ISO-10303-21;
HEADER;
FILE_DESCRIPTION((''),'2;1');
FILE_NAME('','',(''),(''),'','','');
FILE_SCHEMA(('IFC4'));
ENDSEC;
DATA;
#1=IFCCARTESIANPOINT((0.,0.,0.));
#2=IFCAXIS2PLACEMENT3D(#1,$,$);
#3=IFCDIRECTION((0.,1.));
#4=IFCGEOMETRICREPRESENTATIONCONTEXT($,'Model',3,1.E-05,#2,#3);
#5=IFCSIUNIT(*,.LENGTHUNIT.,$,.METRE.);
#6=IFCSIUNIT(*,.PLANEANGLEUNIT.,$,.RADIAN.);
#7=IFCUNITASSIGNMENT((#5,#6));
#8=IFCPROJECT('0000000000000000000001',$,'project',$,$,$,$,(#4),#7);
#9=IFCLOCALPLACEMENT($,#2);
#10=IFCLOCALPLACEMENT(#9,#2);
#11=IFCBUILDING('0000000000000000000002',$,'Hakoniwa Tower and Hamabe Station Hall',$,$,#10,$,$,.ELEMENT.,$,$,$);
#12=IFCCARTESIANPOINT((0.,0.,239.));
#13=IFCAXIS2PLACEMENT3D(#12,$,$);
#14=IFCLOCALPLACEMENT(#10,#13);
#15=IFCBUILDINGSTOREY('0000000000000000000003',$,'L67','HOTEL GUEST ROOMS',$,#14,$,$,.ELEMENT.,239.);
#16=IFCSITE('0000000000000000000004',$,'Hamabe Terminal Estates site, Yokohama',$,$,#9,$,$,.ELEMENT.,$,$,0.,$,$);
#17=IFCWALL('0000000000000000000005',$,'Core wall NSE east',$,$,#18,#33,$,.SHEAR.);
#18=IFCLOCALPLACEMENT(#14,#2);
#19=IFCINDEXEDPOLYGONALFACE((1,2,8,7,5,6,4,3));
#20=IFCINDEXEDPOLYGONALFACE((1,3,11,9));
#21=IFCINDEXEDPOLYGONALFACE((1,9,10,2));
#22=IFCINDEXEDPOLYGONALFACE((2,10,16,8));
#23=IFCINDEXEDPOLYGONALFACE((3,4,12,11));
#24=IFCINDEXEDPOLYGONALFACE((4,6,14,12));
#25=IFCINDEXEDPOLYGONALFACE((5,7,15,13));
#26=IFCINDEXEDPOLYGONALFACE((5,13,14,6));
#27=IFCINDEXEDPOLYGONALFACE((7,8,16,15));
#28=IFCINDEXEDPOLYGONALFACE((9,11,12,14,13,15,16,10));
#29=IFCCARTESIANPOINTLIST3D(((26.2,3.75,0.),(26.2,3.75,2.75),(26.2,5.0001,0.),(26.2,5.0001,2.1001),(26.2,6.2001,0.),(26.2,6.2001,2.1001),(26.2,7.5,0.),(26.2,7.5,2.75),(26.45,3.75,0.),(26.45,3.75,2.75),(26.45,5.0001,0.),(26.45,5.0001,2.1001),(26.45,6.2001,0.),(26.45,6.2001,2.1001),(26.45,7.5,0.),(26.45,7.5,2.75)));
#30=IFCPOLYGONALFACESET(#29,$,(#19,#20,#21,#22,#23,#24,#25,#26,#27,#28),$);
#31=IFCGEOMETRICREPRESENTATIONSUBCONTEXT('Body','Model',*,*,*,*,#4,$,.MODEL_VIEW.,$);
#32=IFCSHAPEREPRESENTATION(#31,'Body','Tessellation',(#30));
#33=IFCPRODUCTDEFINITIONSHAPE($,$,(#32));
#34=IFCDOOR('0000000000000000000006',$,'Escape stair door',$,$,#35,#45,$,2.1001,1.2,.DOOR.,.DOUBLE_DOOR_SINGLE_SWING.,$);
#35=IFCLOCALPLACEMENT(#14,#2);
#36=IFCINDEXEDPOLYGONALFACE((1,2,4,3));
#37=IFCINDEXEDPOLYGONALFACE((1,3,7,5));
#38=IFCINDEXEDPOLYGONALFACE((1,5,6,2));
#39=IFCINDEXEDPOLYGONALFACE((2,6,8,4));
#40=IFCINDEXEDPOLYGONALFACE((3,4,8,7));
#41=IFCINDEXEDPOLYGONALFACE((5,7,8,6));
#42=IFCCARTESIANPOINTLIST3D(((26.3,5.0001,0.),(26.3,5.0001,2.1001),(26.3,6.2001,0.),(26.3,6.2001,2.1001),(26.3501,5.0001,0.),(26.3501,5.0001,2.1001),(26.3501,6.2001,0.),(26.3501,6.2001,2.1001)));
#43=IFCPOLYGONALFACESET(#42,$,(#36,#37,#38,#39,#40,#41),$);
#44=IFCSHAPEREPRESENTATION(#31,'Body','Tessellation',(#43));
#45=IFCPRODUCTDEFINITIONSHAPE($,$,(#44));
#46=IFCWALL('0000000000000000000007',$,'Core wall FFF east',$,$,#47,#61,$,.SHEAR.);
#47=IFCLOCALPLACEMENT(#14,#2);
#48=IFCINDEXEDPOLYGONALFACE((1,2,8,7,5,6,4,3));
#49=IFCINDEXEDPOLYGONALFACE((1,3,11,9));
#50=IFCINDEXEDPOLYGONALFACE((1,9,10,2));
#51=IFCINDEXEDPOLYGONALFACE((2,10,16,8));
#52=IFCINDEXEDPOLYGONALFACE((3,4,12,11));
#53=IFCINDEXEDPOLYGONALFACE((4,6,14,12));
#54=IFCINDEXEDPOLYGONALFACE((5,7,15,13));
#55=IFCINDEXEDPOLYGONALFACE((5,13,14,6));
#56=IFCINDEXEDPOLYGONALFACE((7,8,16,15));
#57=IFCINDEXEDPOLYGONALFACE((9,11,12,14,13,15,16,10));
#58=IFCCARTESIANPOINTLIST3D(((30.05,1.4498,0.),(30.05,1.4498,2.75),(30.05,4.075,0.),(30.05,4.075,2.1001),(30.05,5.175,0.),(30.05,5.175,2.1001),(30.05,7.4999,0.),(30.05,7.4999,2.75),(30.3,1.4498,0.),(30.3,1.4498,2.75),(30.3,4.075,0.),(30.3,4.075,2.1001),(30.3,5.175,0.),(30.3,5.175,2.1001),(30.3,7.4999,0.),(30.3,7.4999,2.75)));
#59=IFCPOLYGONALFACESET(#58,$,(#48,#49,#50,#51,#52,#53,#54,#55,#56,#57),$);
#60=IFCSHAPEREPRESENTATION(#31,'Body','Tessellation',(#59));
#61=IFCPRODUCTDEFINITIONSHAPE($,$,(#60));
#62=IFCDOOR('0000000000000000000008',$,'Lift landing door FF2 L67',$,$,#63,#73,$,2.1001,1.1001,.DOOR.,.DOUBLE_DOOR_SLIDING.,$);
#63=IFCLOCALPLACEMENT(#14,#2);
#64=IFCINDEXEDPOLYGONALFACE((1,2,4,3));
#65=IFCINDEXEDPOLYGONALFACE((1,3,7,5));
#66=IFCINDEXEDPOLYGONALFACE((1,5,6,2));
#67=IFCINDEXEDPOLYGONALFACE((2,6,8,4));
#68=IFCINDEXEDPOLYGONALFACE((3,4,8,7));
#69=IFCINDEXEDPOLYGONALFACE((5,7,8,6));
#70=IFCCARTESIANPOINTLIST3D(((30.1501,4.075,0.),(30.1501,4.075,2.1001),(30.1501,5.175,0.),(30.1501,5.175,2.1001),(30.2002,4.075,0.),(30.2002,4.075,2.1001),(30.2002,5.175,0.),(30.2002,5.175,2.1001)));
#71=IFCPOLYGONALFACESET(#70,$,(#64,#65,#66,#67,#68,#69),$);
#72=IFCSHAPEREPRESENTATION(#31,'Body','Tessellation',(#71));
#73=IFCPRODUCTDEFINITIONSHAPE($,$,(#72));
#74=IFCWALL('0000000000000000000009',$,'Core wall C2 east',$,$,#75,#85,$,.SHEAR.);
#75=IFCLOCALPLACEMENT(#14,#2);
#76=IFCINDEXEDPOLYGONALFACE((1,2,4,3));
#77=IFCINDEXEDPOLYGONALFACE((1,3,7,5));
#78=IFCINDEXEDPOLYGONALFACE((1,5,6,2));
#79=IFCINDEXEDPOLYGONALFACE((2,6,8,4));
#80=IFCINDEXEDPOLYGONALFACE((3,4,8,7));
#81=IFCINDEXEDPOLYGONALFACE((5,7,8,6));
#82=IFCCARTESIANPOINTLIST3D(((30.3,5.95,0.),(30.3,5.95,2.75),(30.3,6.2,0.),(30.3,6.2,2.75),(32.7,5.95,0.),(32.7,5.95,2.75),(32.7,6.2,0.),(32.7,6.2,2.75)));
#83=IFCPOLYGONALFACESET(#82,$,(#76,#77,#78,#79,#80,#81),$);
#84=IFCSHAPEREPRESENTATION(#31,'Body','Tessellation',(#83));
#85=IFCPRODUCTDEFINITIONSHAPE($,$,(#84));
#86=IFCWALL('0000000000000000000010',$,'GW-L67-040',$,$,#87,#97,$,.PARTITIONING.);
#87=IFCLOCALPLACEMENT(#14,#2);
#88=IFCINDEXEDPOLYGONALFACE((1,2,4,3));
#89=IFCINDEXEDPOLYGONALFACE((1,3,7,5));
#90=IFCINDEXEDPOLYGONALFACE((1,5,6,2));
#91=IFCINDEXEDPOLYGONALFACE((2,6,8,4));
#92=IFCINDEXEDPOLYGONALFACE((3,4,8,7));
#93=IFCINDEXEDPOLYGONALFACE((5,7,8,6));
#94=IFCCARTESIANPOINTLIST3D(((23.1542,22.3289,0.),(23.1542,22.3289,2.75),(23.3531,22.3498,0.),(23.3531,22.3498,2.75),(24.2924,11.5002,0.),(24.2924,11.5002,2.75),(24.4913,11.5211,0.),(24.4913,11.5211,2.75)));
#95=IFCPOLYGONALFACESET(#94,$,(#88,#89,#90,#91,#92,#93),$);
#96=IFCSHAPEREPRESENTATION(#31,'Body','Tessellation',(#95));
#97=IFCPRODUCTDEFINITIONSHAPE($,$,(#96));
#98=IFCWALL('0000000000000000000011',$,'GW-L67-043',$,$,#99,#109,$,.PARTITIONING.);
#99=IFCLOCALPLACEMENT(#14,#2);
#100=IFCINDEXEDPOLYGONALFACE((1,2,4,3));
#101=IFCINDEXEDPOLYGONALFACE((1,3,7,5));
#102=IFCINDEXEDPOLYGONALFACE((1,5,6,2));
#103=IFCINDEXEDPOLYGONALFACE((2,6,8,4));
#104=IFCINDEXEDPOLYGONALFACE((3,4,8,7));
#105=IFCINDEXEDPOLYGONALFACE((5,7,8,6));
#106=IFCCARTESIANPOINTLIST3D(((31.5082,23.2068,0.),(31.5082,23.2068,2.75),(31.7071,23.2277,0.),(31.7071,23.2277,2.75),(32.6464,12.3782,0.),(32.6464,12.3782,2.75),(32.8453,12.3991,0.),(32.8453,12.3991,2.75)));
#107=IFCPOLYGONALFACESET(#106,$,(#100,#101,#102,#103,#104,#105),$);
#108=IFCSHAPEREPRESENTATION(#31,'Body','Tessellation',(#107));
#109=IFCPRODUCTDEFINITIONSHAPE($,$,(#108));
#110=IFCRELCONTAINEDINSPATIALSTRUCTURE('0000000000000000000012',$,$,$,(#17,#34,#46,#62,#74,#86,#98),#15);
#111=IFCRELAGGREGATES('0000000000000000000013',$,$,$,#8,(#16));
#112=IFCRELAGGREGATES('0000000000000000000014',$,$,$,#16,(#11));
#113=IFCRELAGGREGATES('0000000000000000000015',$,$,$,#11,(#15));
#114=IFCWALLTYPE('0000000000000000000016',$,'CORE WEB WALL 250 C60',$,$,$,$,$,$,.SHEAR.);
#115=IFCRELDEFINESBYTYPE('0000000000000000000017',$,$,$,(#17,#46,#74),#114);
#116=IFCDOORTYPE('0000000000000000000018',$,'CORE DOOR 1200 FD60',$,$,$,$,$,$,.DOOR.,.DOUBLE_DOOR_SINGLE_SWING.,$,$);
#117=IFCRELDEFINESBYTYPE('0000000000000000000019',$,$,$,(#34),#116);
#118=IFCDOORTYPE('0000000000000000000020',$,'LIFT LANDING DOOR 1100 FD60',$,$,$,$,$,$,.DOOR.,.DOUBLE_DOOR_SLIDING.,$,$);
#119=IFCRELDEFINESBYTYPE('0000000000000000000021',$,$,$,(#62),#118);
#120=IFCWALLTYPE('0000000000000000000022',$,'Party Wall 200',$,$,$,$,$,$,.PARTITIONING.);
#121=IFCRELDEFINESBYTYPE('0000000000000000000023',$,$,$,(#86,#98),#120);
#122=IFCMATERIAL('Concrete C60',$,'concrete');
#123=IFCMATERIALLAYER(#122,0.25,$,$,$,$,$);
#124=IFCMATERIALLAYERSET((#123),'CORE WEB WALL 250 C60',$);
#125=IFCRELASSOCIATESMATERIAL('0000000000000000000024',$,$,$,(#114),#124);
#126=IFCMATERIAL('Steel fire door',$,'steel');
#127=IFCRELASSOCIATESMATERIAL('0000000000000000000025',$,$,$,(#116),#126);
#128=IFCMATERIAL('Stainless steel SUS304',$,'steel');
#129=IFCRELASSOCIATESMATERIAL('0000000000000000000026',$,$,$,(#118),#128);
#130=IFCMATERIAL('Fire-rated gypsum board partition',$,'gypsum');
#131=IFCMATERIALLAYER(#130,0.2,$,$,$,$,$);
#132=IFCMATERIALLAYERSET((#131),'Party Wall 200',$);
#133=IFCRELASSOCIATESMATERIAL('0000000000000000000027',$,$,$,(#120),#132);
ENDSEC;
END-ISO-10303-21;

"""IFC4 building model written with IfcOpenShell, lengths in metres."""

from ifc_helpers import new_model, si_unit, direction, frame, frame_2d, origin, place, context, subcontext, project, spatial, rectangle, extrude, material, layer, layer_set, type_object, element, fill, save


model = new_model("IFC4")

# Units and contexts
model_context = context("Model", 3, precision=1e-05, world=origin(), true_north=direction((0.0, 1.0)))
body_context = subcontext(model_context, "Body", "Model", "MODEL_VIEW")
ifc_project = project(units=[si_unit("LENGTHUNIT", "METRE"), si_unit("PLANEANGLEUNIT", "RADIAN")], contexts=[model_context])

# Site, building, storey
site_placement = place(None, origin())
site = spatial("IfcSite", under=ifc_project, at=site_placement, Name="Hamabe Terminal Estates site, Yokohama", CompositionType="ELEMENT", RefElevation=0.0)
building_placement = place(site_placement, origin())
building = spatial("IfcBuilding", under=site, at=building_placement, Name="Hakoniwa Tower and Hamabe Station Hall", CompositionType="ELEMENT")
storey_placement = place(building_placement, frame((0.0, 0.0, 239.0)))
storey = spatial("IfcBuildingStorey", under=building, at=storey_placement, Name="L67", Description="HOTEL GUEST ROOMS", CompositionType="ELEMENT", Elevation=239.0)

# Shared definitions
ifc_material_1 = material(Name="Concrete C60", Category="concrete")
ifc_layer_1 = layer(ifc_material_1, 0.25)
ifc_layer_set_1 = layer_set([ifc_layer_1], Name="CORE WEB WALL 250 C60")
wall_type_1 = type_object("IfcWallType", Name="CORE WEB WALL 250 C60", PredefinedType="SHEAR", material=ifc_layer_set_1)

# Walls, openings, doors
wall_1_placement = place(storey_placement, frame((26.325, 3.75, 0.0), z_axis=(0.0, 0.0, 1.0), x_axis=(0.0, 1.0, 0.0)))
wall_1 = element("IfcWall", 1, at=wall_1_placement, inside=storey, type_object=wall_type_1, Name="Core wall NSE east", PredefinedType="SHEAR", context=body_context, shape_type="SweptSolid", body=[
    extrude(rectangle(XDim=3.75, YDim=0.25, at=frame_2d((1.875, 0.0))), origin(), (0.0, 0.0, 1.0), 2.75),
])
opening_1_placement = place(wall_1_placement, frame((1.25, 0.0, 0.0)))
opening_1 = element("IfcOpeningElement", 2, at=opening_1_placement, cuts=wall_1, PredefinedType="OPENING", context=body_context, shape_type="SweptSolid", body=[
    extrude(rectangle(XDim=1.2, YDim=2.1001, at=frame_2d((0.6001, 1.05))), frame((0.0, 0.135, 0.0), z_axis=(0.0, -1.0, 0.0), x_axis=(1.0, 0.0, 0.0)), (0.0, 0.0, 1.0), 0.27),
])
ifc_material_2 = material(Name="Steel fire door", Category="steel")
door_type_1 = type_object("IfcDoorType", Name="CORE DOOR 1200 FD60", OperationType="DOUBLE_DOOR_SINGLE_SWING", PredefinedType="DOOR", material=ifc_material_2)
door_1_placement = place(opening_1_placement, origin())
door_1 = element("IfcDoor", 3, at=door_1_placement, inside=storey, type_object=door_type_1, Name="Escape stair door", OperationType="DOUBLE_DOOR_SINGLE_SWING", OverallHeight=2.1001, OverallWidth=1.2, PredefinedType="DOOR", context=body_context, shape_type="SweptSolid", body=[
    extrude(rectangle(XDim=1.2, YDim=2.1001, at=frame_2d((0.6001, 1.05))), frame((0.0, 0.0249, 0.0), z_axis=(0.0, -1.0, 0.0), x_axis=(1.0, 0.0, 0.0)), (0.0, 0.0, 1.0), 0.05),
])
fill(opening_1, door_1)
wall_2_placement = place(storey_placement, frame((30.175, 1.45, 0.0), z_axis=(0.0, 0.0, 1.0), x_axis=(0.0, 1.0, 0.0)))
wall_2 = element("IfcWall", 4, at=wall_2_placement, inside=storey, type_object=wall_type_1, Name="Core wall FFF east", PredefinedType="SHEAR", context=body_context, shape_type="SweptSolid", body=[
    extrude(rectangle(XDim=6.05, YDim=0.25, at=frame_2d((3.0249, 0.0))), origin(), (0.0, 0.0, 1.0), 2.75),
])
opening_2_placement = place(wall_2_placement, frame((2.625, 0.0, 0.0)))
opening_2 = element("IfcOpeningElement", 5, at=opening_2_placement, cuts=wall_2, PredefinedType="OPENING", context=body_context, shape_type="SweptSolid", body=[
    extrude(rectangle(XDim=1.1001, YDim=2.1001, at=frame_2d((0.55, 1.05))), frame((0.0, 0.135, 0.0), z_axis=(0.0, -1.0, 0.0), x_axis=(1.0, 0.0, 0.0)), (0.0, 0.0, 1.0), 0.27),
])
ifc_material_3 = material(Name="Stainless steel SUS304", Category="steel")
door_type_2 = type_object("IfcDoorType", Name="LIFT LANDING DOOR 1100 FD60", OperationType="DOUBLE_DOOR_SLIDING", PredefinedType="DOOR", material=ifc_material_3)
door_2_placement = place(opening_2_placement, origin())
door_2 = element("IfcDoor", 6, at=door_2_placement, inside=storey, type_object=door_type_2, Name="Lift landing door FF2 L67", OperationType="DOUBLE_DOOR_SLIDING", OverallHeight=2.1001, OverallWidth=1.1001, PredefinedType="DOOR", context=body_context, shape_type="SweptSolid", body=[
    extrude(rectangle(XDim=1.1001, YDim=2.1001, at=frame_2d((0.55, 1.05))), frame((0.0, 0.0249, 0.0), z_axis=(0.0, -1.0, 0.0), x_axis=(1.0, 0.0, 0.0)), (0.0, 0.0, 1.0), 0.05),
])
fill(opening_2, door_2)

# Walls
wall_3_placement = place(storey_placement, frame((30.3, 6.075, 0.0), z_axis=(0.0, 0.0, 1.0), x_axis=(1.0, 0.0, 0.0)))
element("IfcWall", 7, at=wall_3_placement, inside=storey, type_object=wall_type_1, Name="Core wall C2 east", PredefinedType="SHEAR", context=body_context, shape_type="SweptSolid", body=[
    extrude(rectangle(XDim=2.3999, YDim=0.25, at=frame_2d((1.2, 0.0))), origin(), (0.0, 0.0, 1.0), 2.75),
])
ifc_material_4 = material(Name="Fire-rated gypsum board partition", Category="gypsum")
ifc_layer_2 = layer(ifc_material_4, 0.2)
ifc_layer_set_2 = layer_set([ifc_layer_2], Name="Party Wall 200")
wall_type_2 = type_object("IfcWallType", Name="Party Wall 200", PredefinedType="PARTITIONING", material=ifc_layer_set_2)
wall_4_placement = place(storey_placement, frame((24.3918, 11.5105, 0.0), z_axis=(0.0, 0.0, 1.0), x_axis=(-0.104531, 0.994522, 0.0)))
element("IfcWall", 8, at=wall_4_placement, inside=storey, type_object=wall_type_2, Name="GW-L67-040", PredefinedType="PARTITIONING", context=body_context, shape_type="SweptSolid", body=[
    extrude(rectangle(XDim=10.8884, YDim=0.2, at=frame_2d((5.4443, 0.0))), origin(), (0.0, 0.0, 1.0), 2.75),
])
wall_5_placement = place(storey_placement, frame((32.7458, 12.3887, 0.0), z_axis=(0.0, 0.0, 1.0), x_axis=(-0.104533, 0.994521, 0.0)))
element("IfcWall", 9, at=wall_5_placement, inside=storey, type_object=wall_type_2, Name="GW-L67-043", PredefinedType="PARTITIONING", context=body_context, shape_type="SweptSolid", body=[
    extrude(rectangle(XDim=10.8882, YDim=0.2, at=frame_2d((5.4441, 0.0))), origin(), (0.0, 0.0, 1.0), 2.75),
])

save(model, "model.ifc")
